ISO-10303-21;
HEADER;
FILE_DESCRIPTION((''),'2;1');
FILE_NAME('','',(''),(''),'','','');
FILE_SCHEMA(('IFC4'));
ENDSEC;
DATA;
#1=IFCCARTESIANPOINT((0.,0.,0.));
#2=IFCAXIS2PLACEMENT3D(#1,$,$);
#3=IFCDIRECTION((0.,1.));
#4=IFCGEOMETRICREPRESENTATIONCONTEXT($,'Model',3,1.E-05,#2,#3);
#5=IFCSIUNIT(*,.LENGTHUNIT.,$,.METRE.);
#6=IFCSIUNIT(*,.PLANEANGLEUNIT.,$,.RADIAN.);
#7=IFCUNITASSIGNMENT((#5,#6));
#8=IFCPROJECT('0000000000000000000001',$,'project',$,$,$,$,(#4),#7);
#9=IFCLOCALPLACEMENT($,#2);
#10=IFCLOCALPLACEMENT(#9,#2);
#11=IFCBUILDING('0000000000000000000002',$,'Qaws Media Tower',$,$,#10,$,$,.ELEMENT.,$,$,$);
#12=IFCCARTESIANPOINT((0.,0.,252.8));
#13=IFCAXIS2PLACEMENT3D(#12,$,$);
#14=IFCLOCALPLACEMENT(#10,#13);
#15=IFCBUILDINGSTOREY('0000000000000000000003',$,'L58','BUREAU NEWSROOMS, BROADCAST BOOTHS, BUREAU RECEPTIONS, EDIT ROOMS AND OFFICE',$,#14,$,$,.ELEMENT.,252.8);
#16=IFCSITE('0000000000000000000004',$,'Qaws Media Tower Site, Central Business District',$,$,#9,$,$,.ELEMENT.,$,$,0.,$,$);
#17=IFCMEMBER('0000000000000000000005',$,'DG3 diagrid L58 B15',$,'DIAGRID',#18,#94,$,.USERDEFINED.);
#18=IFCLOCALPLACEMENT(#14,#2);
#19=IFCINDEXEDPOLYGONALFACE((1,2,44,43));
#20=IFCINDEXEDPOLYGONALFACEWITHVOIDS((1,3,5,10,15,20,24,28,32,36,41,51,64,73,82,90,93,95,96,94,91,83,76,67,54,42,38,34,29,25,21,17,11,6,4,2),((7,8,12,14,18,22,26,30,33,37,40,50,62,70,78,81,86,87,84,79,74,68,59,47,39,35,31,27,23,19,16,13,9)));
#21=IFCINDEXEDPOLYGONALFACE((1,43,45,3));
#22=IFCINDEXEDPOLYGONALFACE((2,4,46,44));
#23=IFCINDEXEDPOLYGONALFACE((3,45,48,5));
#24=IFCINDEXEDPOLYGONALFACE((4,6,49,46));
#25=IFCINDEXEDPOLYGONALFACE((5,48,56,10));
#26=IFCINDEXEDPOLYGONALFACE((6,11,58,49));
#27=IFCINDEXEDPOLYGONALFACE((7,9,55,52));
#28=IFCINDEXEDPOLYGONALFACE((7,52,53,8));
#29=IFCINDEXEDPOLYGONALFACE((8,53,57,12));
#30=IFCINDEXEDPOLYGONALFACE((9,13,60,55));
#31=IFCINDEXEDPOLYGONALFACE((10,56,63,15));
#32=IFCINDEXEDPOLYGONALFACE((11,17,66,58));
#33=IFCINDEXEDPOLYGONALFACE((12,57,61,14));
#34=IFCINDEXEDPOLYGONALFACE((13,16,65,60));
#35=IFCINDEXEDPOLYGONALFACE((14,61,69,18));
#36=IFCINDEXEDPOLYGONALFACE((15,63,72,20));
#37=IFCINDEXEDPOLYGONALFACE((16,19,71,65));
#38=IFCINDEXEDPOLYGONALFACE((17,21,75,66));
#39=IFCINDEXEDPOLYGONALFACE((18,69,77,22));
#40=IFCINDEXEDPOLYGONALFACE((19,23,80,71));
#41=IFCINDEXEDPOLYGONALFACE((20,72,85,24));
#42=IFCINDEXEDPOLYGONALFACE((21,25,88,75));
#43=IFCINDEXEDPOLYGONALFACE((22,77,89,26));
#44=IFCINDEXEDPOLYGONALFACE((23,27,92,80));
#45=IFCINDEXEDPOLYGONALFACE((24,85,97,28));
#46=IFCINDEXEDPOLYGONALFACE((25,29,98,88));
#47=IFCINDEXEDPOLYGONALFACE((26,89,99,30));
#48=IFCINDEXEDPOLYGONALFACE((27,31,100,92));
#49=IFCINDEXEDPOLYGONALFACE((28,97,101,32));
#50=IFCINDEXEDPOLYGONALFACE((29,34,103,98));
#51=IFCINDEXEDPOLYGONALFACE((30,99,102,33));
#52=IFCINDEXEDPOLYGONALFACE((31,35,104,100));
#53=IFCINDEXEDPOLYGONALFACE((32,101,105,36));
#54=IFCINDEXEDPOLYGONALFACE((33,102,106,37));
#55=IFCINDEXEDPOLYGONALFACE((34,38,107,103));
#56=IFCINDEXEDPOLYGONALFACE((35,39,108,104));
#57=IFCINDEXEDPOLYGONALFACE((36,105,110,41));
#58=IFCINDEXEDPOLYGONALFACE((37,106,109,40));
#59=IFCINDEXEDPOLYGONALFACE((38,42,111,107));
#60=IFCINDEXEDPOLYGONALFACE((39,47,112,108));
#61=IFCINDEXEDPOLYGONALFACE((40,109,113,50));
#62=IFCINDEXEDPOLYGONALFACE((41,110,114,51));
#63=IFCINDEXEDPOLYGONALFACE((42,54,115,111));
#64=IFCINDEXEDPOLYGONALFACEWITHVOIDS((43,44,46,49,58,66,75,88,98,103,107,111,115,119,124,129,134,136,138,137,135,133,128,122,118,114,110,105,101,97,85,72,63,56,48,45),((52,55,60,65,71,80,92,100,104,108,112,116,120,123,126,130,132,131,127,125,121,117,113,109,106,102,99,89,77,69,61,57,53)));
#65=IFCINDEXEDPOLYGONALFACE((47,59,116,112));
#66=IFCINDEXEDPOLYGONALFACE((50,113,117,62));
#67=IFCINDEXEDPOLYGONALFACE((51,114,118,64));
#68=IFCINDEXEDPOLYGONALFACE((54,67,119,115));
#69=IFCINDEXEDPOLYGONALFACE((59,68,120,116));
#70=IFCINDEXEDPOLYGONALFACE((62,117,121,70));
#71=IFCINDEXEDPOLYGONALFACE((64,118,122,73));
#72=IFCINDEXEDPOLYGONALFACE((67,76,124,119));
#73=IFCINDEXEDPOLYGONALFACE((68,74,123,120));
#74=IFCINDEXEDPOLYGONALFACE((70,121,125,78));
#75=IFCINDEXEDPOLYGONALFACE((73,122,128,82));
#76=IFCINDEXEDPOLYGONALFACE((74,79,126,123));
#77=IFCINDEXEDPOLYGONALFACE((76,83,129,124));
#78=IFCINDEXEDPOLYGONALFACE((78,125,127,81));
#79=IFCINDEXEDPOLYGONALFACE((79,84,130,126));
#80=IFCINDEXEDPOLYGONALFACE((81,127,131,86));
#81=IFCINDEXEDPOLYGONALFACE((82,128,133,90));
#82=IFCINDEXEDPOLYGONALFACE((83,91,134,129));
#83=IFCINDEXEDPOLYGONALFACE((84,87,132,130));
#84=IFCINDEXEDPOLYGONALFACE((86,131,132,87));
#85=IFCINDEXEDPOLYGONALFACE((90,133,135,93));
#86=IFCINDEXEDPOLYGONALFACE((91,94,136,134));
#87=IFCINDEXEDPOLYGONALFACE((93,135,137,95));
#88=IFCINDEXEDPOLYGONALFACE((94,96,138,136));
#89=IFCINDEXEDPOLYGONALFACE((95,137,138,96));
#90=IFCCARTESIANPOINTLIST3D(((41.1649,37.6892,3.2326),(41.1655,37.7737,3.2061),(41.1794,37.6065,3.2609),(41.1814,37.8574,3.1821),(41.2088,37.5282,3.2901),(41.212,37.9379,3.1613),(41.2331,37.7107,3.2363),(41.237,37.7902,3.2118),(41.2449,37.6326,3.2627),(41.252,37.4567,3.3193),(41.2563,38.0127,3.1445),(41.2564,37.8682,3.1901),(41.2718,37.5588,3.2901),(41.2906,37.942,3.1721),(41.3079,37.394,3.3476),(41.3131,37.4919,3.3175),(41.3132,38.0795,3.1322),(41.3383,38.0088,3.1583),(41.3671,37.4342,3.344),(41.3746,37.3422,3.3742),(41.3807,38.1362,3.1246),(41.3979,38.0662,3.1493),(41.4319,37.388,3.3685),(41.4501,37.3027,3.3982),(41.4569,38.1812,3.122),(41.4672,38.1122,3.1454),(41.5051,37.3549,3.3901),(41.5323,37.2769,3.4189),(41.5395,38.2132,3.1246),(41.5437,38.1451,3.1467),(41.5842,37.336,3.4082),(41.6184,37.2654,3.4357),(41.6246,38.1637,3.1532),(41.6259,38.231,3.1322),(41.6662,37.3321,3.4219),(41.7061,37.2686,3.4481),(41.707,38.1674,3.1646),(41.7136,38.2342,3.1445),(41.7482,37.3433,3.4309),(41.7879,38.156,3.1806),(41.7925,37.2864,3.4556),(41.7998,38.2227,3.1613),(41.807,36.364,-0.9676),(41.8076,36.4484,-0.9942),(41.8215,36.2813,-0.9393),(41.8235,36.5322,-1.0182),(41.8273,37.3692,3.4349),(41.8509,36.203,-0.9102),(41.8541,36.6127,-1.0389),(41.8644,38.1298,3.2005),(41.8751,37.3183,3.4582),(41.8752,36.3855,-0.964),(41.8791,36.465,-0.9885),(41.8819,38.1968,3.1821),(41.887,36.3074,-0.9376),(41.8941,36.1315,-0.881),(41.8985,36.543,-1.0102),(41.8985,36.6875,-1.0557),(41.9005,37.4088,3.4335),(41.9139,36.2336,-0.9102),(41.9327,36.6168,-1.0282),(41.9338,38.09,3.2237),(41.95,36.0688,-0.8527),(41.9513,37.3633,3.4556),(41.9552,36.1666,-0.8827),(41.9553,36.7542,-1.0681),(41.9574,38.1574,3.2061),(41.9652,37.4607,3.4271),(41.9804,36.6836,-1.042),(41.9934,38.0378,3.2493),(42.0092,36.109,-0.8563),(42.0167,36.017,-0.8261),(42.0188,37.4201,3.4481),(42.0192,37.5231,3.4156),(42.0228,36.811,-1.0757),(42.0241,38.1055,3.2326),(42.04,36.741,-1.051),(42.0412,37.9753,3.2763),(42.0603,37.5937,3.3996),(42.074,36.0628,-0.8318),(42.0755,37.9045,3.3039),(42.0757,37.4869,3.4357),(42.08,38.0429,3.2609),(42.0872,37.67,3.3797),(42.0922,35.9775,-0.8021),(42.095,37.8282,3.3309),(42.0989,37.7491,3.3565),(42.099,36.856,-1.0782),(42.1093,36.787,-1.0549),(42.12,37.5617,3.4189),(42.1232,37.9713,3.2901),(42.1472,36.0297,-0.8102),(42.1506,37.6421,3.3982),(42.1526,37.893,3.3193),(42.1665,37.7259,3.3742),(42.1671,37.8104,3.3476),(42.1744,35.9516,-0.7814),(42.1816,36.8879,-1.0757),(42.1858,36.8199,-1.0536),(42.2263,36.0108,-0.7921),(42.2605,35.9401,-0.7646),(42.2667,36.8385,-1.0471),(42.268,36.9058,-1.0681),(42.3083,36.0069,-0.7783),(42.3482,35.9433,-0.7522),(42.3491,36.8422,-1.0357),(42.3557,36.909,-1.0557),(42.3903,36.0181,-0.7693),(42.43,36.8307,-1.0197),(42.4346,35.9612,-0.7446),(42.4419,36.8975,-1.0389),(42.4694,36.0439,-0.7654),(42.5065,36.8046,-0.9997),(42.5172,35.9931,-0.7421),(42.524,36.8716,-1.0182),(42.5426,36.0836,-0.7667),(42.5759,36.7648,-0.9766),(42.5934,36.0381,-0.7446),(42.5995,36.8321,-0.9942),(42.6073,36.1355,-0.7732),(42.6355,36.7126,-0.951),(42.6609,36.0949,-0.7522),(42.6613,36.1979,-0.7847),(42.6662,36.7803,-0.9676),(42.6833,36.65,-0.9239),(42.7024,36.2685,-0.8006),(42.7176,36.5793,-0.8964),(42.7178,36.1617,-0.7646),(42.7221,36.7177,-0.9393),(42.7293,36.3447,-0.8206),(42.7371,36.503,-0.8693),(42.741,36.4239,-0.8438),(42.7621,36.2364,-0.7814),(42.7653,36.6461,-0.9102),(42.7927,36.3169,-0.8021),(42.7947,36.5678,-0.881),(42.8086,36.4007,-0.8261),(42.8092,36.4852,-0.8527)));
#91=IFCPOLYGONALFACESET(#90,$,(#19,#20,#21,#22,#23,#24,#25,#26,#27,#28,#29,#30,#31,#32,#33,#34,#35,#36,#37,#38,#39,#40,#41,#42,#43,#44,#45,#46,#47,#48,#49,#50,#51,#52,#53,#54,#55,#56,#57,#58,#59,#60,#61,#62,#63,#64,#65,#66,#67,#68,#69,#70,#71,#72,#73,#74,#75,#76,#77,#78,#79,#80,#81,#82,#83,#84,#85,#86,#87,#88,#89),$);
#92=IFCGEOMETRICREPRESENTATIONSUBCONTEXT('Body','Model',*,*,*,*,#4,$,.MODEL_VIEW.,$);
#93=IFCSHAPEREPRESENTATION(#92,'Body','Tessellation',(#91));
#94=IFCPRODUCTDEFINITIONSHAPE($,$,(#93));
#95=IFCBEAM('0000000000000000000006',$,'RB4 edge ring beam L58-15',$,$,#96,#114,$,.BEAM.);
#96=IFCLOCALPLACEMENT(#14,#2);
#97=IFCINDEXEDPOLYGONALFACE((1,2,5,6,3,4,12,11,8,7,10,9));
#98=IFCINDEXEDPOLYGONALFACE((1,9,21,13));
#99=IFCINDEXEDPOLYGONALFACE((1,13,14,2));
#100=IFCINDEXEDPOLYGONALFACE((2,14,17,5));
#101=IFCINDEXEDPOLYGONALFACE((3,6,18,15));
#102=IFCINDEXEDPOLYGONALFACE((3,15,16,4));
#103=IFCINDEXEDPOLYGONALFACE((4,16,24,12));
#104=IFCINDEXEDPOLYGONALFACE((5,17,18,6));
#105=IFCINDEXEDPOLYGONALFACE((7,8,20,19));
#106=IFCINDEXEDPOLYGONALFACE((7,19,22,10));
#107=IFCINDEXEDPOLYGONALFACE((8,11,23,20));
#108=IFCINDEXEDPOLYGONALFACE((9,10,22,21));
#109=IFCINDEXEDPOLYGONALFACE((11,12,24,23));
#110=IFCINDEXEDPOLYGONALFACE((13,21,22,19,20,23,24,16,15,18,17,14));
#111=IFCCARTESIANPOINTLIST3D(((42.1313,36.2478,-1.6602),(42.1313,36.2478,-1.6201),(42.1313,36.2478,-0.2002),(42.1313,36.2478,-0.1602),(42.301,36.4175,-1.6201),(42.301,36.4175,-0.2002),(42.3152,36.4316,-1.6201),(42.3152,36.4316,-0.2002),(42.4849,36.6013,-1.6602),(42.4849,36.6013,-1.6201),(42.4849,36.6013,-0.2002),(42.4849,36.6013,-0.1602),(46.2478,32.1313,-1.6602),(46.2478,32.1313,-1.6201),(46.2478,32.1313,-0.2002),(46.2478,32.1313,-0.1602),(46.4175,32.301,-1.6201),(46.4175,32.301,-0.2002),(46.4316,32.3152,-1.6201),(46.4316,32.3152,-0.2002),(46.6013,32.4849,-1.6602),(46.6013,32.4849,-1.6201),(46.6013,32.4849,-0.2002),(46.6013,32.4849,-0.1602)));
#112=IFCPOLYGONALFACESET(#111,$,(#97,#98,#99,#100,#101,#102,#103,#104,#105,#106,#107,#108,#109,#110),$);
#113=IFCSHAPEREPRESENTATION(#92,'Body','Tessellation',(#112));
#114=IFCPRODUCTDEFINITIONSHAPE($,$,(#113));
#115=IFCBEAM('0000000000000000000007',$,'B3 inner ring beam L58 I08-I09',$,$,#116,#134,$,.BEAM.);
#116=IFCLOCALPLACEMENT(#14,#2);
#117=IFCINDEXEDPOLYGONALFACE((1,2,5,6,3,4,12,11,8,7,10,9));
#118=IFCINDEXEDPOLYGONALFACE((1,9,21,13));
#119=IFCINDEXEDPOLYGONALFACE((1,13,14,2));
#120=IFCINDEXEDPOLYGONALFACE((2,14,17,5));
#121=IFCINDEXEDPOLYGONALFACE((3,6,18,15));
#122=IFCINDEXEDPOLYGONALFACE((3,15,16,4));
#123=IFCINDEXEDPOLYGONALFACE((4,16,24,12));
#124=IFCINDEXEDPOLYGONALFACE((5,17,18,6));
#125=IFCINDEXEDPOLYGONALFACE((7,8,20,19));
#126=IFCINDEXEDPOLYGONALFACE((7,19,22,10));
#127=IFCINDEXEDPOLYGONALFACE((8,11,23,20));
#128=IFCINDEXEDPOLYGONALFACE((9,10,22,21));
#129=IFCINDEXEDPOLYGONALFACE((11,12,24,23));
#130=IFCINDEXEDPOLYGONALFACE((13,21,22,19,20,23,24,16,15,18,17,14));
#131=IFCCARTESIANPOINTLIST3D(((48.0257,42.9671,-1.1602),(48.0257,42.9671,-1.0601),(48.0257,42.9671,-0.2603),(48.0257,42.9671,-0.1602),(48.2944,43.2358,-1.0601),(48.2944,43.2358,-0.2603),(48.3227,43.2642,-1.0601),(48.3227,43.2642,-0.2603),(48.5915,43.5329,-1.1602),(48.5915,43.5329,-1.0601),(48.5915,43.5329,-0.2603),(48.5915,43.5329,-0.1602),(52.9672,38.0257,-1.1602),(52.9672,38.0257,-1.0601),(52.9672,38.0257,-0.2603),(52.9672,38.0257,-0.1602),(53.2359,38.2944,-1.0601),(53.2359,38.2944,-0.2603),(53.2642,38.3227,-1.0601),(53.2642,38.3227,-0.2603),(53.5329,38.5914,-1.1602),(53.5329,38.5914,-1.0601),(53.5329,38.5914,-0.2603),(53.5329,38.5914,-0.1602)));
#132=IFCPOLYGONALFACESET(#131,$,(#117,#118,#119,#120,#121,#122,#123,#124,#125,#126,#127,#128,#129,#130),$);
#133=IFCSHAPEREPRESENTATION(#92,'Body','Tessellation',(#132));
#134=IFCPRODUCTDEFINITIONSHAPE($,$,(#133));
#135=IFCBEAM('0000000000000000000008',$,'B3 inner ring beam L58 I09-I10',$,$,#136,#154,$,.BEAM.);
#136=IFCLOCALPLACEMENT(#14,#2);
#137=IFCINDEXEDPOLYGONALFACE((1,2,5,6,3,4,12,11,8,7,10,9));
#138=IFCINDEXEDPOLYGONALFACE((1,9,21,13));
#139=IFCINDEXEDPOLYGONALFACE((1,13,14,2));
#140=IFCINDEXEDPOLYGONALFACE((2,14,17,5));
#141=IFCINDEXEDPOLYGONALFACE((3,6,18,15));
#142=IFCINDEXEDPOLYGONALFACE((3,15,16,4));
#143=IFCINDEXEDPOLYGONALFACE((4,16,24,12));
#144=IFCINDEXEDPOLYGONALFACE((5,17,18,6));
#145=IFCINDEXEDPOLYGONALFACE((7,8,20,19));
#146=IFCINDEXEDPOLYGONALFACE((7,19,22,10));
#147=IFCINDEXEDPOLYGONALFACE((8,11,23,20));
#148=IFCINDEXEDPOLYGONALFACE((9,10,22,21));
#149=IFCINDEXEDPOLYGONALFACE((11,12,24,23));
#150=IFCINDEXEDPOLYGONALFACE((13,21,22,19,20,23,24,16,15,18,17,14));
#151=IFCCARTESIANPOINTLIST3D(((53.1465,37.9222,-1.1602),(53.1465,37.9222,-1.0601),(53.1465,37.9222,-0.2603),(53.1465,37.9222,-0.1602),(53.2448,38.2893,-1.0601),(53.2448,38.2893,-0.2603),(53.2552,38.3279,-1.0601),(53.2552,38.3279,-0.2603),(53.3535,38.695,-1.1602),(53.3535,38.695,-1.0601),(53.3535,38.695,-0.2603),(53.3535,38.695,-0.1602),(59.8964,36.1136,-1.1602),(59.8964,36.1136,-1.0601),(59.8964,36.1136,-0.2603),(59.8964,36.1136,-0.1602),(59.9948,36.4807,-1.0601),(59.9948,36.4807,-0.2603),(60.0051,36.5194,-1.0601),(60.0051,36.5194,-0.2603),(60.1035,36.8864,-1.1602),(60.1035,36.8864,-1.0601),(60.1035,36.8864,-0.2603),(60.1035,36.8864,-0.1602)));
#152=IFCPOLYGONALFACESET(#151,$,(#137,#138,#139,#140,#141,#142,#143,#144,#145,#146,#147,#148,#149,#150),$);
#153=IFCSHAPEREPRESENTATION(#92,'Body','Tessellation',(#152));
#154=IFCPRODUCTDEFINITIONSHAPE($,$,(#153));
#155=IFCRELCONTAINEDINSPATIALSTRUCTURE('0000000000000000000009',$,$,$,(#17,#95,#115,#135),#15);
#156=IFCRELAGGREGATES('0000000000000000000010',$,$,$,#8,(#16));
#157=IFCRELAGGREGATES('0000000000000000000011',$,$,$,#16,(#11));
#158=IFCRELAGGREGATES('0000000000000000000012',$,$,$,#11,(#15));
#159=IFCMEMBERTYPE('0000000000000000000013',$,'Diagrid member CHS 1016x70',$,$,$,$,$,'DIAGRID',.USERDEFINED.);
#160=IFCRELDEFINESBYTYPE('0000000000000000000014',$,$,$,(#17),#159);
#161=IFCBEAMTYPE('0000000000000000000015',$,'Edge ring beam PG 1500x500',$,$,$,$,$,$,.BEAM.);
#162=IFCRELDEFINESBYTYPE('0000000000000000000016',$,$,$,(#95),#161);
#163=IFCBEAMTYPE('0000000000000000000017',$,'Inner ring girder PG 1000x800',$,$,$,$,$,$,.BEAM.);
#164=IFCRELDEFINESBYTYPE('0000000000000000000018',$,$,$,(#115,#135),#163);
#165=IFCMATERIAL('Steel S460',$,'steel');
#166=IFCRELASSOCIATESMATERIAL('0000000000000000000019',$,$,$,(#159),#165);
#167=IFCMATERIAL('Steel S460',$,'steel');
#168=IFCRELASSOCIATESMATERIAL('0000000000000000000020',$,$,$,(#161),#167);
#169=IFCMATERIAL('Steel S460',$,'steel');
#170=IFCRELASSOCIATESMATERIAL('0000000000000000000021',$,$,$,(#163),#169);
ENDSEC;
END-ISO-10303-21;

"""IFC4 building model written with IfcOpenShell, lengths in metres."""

from ifc_helpers import new_model, si_unit, direction, frame, origin, origin_2d, place, context, subcontext, project, spatial, hollow_circle, i_section, extrude, material, material_profile, profile_set, type_object, element, save


model = new_model("IFC4")

# Units and contexts
model_context = context("Model", 3, precision=1e-05, world=origin(), true_north=direction((0.0, 1.0)))
body_context = subcontext(model_context, "Body", "Model", "MODEL_VIEW")
ifc_project = project(units=[si_unit("LENGTHUNIT", "METRE"), si_unit("PLANEANGLEUNIT", "RADIAN")], contexts=[model_context])

# Site, building, storey
site_placement = place(None, origin())
site = spatial("IfcSite", under=ifc_project, at=site_placement, Name="Qaws Media Tower Site, Central Business District", CompositionType="ELEMENT", RefElevation=0.0)
building_placement = place(site_placement, origin())
building = spatial("IfcBuilding", under=site, at=building_placement, Name="Qaws Media Tower", CompositionType="ELEMENT")
storey_placement = place(building_placement, frame((0.0, 0.0, 252.8)))
storey = spatial("IfcBuildingStorey", under=building, at=storey_placement, Name="L58", Description="BUREAU NEWSROOMS, BROADCAST BOOTHS, BUREAU RECEPTIONS, EDIT ROOMS AND OFFICE", CompositionType="ELEMENT", Elevation=252.8)

# Member
ifc_material_1 = material(Name="Steel S460", Category="steel")
ifc_material_profile_1 = material_profile(ifc_material_1, hollow_circle(Radius=0.5081, WallThickness=0.0701, at=origin_2d()), Name="CHS 1016x70")
ifc_profile_set_1 = profile_set([ifc_material_profile_1], Name="Steel S460")
member_type_1 = type_object("IfcMemberType", Name="Diagrid member CHS 1016x70", ElementType="DIAGRID", PredefinedType="USERDEFINED", material=ifc_profile_set_1)
for number, where, z_axis, x_axis, name in (
    (1, (42.3081, 36.4246, -0.9102), (-0.144262, 0.29774, 0.943684), (-0.899928, -0.436038, 0.0), "DG3 diagrid L58 B15"),
):
    element("IfcMember", number, at=place(storey_placement, frame(where, z_axis=z_axis, x_axis=x_axis)), inside=storey, type_object=member_type_1, Name=name, ObjectType="DIAGRID", PredefinedType="USERDEFINED", context=body_context, shape_type="SweptSolid", body=[
        extrude(hollow_circle(Radius=0.5081, WallThickness=0.0701, at=origin_2d()), origin(), (0.0, 0.0, 1.0), 4.4509),
    ])

# Beams
ifc_material_2 = material(Name="Steel S460", Category="steel")
ifc_material_profile_2 = material_profile(ifc_material_2, i_section(OverallWidth=0.5, OverallDepth=1.5, WebThickness=0.02, FlangeThickness=0.04, at=origin_2d()), Name="PG 1500x500")
ifc_profile_set_2 = profile_set([ifc_material_profile_2], Name="Steel S460")
beam_type_1 = type_object("IfcBeamType", Name="Edge ring beam PG 1500x500", PredefinedType="BEAM", material=ifc_profile_set_2)
beam_1_placement = place(storey_placement, frame((42.3081, 36.4246, -0.9102), z_axis=(0.707107, -0.707107, 0.0), x_axis=(0.707107, 0.707107, 0.0)))
element("IfcBeam", 2, at=beam_1_placement, inside=storey, type_object=beam_type_1, Name="RB4 edge ring beam L58-15", PredefinedType="BEAM", context=body_context, shape_type="SweptSolid", body=[
    extrude(i_section(OverallWidth=0.5, OverallDepth=1.5, WebThickness=0.02, FlangeThickness=0.04, at=origin_2d()), origin(), (0.0, 0.0, 1.0), 5.8215),
])
ifc_material_3 = material(Name="Steel S460", Category="steel")
ifc_material_profile_3 = material_profile(ifc_material_3, i_section(OverallWidth=0.8, OverallDepth=1.0, WebThickness=0.04, FlangeThickness=0.1001, at=origin_2d()), Name="PG 1000x800")
ifc_profile_set_3 = profile_set([ifc_material_profile_3], Name="Steel S460")
beam_type_2 = type_object("IfcBeamType", Name="Inner ring girder PG 1000x800", PredefinedType="BEAM", material=ifc_profile_set_3)
beam_2_placement = place(storey_placement, frame((48.3086, 43.25, -0.6602), z_axis=(0.707107, -0.707107, 0.0), x_axis=(0.707107, 0.707107, 0.0)))
element("IfcBeam", 3, at=beam_2_placement, inside=storey, type_object=beam_type_2, Name="B3 inner ring beam L58 I08-I09", PredefinedType="BEAM", context=body_context, shape_type="SweptSolid", body=[
    extrude(i_section(OverallWidth=0.8, OverallDepth=1.0, WebThickness=0.04, FlangeThickness=0.1001, at=origin_2d()), origin(), (0.0, 0.0, 1.0), 6.9883),
])
beam_3_placement = place(storey_placement, frame((53.25, 38.3086, -0.6602), z_axis=(0.965928, -0.258811, 0.0), x_axis=(0.258811, 0.965928, 0.0)))
element("IfcBeam", 4, at=beam_3_placement, inside=storey, type_object=beam_type_2, Name="B3 inner ring beam L58 I09-I10", PredefinedType="BEAM", context=body_context, shape_type="SweptSolid", body=[
    extrude(i_section(OverallWidth=0.8, OverallDepth=1.0, WebThickness=0.04, FlangeThickness=0.1001, at=origin_2d()), origin(), (0.0, 0.0, 1.0), 6.988),
])

save(model, "model.ifc")
